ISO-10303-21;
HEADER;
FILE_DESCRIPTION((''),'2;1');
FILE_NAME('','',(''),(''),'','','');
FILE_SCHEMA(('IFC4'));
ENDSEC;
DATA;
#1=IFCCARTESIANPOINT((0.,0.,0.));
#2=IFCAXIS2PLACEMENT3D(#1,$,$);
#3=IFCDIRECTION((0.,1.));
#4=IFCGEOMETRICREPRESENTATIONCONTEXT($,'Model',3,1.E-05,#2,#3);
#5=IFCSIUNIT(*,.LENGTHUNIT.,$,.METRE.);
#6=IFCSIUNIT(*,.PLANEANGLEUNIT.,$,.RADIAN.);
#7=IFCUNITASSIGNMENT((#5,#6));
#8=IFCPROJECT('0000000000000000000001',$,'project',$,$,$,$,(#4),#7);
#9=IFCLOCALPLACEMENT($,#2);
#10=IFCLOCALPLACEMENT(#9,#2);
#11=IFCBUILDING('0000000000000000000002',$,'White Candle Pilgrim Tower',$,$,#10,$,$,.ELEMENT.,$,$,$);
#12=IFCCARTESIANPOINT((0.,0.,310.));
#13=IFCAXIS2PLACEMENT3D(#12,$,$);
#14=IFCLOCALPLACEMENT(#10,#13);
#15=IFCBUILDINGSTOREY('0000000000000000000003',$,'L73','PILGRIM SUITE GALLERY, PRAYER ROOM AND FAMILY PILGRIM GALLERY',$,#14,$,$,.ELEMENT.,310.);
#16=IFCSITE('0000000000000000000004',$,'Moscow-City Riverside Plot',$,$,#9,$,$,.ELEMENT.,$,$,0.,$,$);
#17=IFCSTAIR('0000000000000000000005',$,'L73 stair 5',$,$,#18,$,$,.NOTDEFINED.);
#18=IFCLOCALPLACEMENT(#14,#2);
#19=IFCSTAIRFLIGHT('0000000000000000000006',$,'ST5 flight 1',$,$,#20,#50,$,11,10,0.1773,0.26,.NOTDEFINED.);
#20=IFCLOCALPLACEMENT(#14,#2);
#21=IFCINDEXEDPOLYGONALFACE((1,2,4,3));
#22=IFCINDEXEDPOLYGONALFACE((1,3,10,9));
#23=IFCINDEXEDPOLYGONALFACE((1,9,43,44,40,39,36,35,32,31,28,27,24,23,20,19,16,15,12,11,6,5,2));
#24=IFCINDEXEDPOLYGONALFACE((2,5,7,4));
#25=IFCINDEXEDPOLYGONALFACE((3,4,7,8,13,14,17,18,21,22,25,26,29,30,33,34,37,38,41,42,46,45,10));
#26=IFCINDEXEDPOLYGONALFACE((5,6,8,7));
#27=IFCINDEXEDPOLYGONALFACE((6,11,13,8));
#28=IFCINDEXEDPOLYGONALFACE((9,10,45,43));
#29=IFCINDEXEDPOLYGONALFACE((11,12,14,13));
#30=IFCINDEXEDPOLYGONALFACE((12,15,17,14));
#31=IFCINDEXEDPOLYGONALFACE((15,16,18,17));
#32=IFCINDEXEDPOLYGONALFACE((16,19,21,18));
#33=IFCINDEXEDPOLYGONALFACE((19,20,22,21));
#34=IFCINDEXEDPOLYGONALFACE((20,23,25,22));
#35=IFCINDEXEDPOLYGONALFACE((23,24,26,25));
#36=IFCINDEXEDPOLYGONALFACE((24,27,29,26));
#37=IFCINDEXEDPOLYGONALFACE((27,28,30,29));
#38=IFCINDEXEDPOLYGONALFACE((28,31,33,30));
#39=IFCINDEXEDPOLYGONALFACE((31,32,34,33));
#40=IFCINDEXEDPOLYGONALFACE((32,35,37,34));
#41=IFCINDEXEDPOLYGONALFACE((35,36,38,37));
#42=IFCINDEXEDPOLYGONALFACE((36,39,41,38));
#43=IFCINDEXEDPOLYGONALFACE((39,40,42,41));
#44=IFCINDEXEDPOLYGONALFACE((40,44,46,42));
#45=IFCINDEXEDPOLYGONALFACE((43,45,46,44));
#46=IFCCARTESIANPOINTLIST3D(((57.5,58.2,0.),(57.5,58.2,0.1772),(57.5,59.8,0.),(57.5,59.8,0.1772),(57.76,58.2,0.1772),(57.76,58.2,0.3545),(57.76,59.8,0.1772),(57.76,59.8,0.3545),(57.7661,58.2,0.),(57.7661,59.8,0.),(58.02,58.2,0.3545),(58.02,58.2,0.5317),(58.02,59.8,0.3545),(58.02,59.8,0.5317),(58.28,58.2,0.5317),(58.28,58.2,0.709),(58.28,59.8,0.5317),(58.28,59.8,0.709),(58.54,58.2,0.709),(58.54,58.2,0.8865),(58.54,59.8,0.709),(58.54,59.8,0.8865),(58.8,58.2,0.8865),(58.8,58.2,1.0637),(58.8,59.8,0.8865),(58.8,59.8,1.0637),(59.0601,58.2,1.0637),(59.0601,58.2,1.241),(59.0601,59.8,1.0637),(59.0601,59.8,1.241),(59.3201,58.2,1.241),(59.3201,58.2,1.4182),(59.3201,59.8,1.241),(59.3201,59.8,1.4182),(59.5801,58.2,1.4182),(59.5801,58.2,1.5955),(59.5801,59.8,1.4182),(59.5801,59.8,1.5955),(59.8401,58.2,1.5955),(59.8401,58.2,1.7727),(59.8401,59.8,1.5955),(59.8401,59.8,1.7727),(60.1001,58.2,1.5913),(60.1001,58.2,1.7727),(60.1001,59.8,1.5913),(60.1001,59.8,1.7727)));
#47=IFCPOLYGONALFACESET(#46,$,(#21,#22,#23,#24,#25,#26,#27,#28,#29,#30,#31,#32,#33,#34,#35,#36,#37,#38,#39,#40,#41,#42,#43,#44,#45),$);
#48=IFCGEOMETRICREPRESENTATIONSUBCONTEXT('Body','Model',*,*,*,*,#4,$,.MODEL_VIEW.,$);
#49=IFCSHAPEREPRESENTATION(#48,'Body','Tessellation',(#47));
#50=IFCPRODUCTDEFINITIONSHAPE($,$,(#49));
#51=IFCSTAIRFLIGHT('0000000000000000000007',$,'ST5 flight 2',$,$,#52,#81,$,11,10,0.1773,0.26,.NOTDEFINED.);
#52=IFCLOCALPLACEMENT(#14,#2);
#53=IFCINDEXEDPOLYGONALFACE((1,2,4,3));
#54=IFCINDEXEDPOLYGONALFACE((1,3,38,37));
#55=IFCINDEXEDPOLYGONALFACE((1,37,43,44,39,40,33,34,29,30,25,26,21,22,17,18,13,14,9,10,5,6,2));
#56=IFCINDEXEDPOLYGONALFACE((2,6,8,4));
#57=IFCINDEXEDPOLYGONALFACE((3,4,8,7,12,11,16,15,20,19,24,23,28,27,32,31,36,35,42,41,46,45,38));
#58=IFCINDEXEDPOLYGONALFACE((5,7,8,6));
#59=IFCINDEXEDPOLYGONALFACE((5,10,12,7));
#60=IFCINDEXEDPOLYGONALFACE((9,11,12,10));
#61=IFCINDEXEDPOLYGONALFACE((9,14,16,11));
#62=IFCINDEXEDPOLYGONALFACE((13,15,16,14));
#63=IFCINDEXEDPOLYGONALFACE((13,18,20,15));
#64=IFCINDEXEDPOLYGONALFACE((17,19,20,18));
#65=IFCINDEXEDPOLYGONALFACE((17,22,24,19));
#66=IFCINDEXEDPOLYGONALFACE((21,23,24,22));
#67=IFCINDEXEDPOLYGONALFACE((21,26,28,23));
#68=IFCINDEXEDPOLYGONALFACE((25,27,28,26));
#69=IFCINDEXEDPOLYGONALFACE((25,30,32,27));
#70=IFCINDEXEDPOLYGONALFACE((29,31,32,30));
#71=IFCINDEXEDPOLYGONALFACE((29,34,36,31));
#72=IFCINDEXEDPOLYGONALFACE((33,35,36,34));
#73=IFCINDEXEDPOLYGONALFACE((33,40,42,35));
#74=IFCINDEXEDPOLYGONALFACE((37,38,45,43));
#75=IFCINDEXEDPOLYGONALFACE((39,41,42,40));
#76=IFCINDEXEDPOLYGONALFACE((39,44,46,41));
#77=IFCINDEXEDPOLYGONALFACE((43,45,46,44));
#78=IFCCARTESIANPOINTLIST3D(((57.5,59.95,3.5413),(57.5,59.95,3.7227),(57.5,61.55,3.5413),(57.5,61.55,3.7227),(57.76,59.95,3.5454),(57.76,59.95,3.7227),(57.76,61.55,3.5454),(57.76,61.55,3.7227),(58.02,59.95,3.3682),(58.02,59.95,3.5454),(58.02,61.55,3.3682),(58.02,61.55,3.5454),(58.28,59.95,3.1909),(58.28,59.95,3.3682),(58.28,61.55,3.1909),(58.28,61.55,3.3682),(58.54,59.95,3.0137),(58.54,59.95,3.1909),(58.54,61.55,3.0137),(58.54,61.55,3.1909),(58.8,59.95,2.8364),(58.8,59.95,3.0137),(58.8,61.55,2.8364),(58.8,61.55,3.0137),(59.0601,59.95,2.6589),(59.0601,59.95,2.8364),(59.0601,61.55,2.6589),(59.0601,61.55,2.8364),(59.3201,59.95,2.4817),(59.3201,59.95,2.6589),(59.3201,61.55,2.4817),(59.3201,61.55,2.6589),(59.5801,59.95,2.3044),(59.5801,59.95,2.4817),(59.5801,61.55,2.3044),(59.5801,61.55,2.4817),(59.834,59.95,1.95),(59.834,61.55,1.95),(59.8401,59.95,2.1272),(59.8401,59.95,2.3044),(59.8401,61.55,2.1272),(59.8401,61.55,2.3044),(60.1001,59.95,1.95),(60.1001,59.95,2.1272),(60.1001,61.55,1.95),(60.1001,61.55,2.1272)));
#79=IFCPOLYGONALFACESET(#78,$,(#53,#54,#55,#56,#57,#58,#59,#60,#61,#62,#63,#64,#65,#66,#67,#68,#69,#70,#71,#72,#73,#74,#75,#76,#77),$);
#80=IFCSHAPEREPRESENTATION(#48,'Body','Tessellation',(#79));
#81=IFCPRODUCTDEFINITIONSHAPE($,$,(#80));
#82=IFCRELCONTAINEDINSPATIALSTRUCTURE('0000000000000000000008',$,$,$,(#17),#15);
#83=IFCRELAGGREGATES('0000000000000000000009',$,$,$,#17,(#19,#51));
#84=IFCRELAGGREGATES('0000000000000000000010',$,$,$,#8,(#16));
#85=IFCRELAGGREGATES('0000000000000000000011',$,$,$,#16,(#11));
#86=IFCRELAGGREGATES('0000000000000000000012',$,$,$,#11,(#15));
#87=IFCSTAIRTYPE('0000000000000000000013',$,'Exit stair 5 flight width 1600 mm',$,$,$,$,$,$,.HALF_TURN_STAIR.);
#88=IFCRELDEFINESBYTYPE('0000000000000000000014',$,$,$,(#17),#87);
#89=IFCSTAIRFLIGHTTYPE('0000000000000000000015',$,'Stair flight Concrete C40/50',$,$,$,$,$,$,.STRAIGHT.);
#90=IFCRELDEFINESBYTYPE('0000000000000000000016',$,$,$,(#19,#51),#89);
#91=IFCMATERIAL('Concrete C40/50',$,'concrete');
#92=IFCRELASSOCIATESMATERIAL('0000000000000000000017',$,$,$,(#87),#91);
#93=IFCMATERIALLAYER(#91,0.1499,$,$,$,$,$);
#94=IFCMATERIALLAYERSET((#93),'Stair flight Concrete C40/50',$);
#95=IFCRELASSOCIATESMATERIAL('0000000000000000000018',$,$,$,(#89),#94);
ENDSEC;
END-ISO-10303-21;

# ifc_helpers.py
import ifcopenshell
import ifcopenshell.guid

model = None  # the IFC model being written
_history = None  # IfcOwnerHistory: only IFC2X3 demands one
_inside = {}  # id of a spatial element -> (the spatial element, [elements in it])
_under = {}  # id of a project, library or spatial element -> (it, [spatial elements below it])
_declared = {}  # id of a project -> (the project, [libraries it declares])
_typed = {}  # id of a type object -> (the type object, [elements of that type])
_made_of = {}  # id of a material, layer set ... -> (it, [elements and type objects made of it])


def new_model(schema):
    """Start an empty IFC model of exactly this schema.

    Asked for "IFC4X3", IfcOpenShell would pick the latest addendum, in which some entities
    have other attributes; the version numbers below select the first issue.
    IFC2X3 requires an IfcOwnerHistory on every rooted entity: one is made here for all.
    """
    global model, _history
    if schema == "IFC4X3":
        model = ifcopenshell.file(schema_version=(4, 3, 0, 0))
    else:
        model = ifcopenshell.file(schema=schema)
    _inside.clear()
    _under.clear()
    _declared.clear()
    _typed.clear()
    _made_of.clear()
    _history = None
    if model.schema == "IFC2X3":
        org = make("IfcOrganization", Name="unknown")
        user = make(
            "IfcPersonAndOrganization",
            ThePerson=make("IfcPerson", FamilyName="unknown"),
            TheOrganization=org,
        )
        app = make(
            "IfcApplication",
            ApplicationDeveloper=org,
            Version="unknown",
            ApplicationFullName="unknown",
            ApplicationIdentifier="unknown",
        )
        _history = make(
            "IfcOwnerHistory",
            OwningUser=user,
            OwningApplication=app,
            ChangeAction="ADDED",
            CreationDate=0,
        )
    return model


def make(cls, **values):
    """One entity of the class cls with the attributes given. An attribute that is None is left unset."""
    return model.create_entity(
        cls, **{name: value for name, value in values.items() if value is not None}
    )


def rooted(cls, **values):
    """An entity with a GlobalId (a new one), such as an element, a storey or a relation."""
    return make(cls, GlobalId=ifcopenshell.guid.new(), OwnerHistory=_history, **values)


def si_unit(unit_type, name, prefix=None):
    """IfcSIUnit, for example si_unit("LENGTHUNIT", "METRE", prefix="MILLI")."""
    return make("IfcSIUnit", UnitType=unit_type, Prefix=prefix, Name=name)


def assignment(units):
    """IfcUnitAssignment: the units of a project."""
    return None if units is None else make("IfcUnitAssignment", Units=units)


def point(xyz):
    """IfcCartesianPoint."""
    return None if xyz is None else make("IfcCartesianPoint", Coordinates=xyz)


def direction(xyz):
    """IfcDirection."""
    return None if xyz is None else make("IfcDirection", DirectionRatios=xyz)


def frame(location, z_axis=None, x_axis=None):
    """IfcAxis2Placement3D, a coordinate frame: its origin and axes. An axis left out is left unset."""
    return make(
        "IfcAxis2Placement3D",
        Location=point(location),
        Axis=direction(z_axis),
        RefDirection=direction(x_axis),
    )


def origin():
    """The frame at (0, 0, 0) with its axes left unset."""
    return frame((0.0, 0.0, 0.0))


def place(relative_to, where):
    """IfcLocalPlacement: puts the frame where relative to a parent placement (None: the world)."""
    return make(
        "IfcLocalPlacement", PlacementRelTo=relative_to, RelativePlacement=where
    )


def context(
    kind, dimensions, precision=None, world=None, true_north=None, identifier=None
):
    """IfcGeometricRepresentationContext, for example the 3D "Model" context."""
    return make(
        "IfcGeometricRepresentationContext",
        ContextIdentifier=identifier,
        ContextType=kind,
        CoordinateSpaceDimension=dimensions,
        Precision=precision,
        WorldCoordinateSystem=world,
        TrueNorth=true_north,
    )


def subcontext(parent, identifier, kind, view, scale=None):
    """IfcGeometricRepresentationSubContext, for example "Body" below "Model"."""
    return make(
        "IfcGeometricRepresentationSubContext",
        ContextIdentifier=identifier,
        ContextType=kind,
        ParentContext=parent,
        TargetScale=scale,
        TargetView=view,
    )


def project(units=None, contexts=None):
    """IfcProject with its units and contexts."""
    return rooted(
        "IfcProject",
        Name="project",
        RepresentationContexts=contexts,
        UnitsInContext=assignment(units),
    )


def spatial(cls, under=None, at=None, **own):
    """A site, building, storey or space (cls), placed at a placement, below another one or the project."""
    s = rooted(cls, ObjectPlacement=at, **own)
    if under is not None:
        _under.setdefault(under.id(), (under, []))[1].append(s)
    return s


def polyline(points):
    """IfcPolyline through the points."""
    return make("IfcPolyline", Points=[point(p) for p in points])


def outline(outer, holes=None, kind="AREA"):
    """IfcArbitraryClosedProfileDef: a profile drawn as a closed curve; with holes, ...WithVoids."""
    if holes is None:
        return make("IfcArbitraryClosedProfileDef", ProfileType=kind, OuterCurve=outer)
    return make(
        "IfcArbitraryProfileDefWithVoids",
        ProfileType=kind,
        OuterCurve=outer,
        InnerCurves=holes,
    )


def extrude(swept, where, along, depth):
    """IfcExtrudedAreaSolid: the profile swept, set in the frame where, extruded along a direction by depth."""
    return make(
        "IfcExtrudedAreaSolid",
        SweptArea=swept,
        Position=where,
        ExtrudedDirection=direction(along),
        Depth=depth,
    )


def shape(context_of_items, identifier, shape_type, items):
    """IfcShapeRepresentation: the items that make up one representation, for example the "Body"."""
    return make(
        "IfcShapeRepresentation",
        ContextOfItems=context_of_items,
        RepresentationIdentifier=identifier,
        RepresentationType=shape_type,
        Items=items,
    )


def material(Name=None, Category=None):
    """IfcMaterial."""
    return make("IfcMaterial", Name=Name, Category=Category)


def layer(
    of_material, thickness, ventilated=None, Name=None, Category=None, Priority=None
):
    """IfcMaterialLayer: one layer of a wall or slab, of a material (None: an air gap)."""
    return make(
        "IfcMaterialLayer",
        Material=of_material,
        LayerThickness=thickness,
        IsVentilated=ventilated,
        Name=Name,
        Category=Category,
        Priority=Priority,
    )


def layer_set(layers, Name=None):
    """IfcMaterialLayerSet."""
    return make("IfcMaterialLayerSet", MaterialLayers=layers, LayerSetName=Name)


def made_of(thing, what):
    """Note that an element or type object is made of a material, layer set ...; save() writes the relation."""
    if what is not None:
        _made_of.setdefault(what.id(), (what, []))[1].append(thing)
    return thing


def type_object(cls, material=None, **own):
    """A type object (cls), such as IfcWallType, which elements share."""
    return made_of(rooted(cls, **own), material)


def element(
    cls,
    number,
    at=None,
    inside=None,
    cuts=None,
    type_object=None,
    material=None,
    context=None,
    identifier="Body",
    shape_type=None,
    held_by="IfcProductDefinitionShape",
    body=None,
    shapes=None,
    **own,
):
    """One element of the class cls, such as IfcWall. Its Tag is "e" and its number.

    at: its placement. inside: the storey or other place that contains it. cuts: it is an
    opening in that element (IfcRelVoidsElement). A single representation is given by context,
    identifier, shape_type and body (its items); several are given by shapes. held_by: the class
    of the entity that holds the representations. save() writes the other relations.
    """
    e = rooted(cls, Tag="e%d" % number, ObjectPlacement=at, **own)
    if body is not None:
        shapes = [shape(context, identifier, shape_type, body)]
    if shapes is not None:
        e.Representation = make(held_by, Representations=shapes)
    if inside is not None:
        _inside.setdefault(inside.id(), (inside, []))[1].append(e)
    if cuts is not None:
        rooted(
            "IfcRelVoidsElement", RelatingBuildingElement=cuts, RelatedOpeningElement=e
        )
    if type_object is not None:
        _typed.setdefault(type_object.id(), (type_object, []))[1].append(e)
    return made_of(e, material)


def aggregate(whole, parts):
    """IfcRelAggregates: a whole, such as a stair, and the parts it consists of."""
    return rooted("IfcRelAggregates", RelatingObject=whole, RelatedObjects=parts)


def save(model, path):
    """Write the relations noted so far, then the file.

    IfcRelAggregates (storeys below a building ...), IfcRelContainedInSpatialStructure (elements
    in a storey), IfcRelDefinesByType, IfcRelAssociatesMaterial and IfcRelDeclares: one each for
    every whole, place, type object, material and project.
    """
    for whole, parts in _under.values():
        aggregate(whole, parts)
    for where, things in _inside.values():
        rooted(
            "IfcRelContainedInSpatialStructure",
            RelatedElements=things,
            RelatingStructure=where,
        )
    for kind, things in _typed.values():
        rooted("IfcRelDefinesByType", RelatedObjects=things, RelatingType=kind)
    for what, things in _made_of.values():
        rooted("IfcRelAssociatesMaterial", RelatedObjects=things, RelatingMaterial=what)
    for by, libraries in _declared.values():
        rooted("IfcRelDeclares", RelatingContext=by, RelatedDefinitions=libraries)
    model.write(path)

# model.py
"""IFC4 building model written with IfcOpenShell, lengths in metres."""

from ifc_helpers import new_model, si_unit, direction, frame, origin, place, context, subcontext, project, spatial, polyline, outline, extrude, material, layer, layer_set, type_object, element, aggregate, save


model = new_model("IFC4")

# Units and contexts
model_context = context("Model", 3, precision=1e-05, world=origin(), true_north=direction((0.0, 1.0)))
body_context = subcontext(model_context, "Body", "Model", "MODEL_VIEW")
ifc_project = project(units=[si_unit("LENGTHUNIT", "METRE"), si_unit("PLANEANGLEUNIT", "RADIAN")], contexts=[model_context])

# Site, building, storey
site_placement = place(None, origin())
site = spatial("IfcSite", under=ifc_project, at=site_placement, Name="Moscow-City Riverside Plot", CompositionType="ELEMENT", RefElevation=0.0)
building_placement = place(site_placement, origin())
building = spatial("IfcBuilding", under=site, at=building_placement, Name="White Candle Pilgrim Tower", CompositionType="ELEMENT")
storey_placement = place(building_placement, frame((0.0, 0.0, 310.0)))
storey = spatial("IfcBuildingStorey", under=building, at=storey_placement, Name="L73", Description="PILGRIM SUITE GALLERY, PRAYER ROOM AND FAMILY PILGRIM GALLERY", CompositionType="ELEMENT", Elevation=310.0)

# Shared definitions
ifc_material_1 = material(Name="Concrete C40/50", Category="concrete")

# Stair, stair flights
stair_type = type_object("IfcStairType", Name="Exit stair 5 flight width 1600 mm", PredefinedType="HALF_TURN_STAIR", material=ifc_material_1)
stair_placement = place(storey_placement, origin())
stair = element("IfcStair", 1, at=stair_placement, inside=storey, type_object=stair_type, Name="L73 stair 5", PredefinedType="NOTDEFINED")
ifc_layer_1 = layer(ifc_material_1, 0.1499)
ifc_layer_set_1 = layer_set([ifc_layer_1], Name="Stair flight Concrete C40/50")
stair_flight_type = type_object("IfcStairFlightType", Name="Stair flight Concrete C40/50", PredefinedType="STRAIGHT", material=ifc_layer_set_1)
stair_flight_1_placement = place(storey_placement, frame((57.5, 59.0, 0.0), z_axis=(0.0, 0.0, 1.0), x_axis=(1.0, 0.0, 0.0)))
stair_flight_1 = element("IfcStairFlight", 2, at=stair_flight_1_placement, type_object=stair_flight_type, Name="ST5 flight 1", NumberOfRisers=11, NumberOfTreads=10, PredefinedType="NOTDEFINED", RiserHeight=0.1773, TreadLength=0.26, context=body_context, shape_type="SweptSolid", body=[
    extrude(outline(polyline([(0.0, 0.0), (0.0, 0.1772), (0.26, 0.1772), (0.26, 0.3545), (0.52, 0.3545), (0.52, 0.5317), (0.78, 0.5317), (0.78, 0.709), (1.04, 0.709), (1.04, 0.8865), (1.3, 0.8865), (1.3, 1.0637), (1.5601, 1.0637), (1.5601, 1.241), (1.8201, 1.241), (1.8201, 1.4182), (2.0801, 1.4182), (2.0801, 1.5955), (2.3401, 1.5955), (2.3401, 1.7727), (2.6001, 1.7727), (2.6001, 1.95), (2.6001, 1.5913), (0.2661, 0.0), (0.0, 0.0)])), frame((0.0, 0.8, 0.0), z_axis=(0.0, -1.0, 0.0), x_axis=(1.0, 0.0, 0.0)), (0.0, 0.0, 1.0), 1.6001),
])
stair_flight_2_placement = place(storey_placement, frame((60.1001, 60.75, 1.95), z_axis=(0.0, 0.0, 1.0), x_axis=(-1.0, 0.0, 0.0)))
stair_flight_2 = element("IfcStairFlight", 3, at=stair_flight_2_placement, type_object=stair_flight_type, Name="ST5 flight 2", NumberOfRisers=11, NumberOfTreads=10, PredefinedType="NOTDEFINED", RiserHeight=0.1773, TreadLength=0.26, context=body_context, shape_type="SweptSolid", body=[
    extrude(outline(polyline([(0.0, 0.0), (0.0, 0.1772), (0.26, 0.1772), (0.26, 0.3545), (0.52, 0.3545), (0.52, 0.5317), (0.78, 0.5317), (0.78, 0.709), (1.04, 0.709), (1.04, 0.8865), (1.3, 0.8865), (1.3, 1.0637), (1.5601, 1.0637), (1.5601, 1.241), (1.8201, 1.241), (1.8201, 1.4182), (2.0801, 1.4182), (2.0801, 1.5955), (2.3401, 1.5955), (2.3401, 1.7727), (2.6001, 1.7727), (2.6001, 1.95), (2.6001, 1.5913), (0.2661, 0.0), (0.0, 0.0)])), frame((0.0, 0.8, 0.0), z_axis=(0.0, -1.0, 0.0), x_axis=(1.0, 0.0, 0.0)), (0.0, 0.0, 1.0), 1.6001),
])
aggregate(stair, [stair_flight_1, stair_flight_2])

save(model, "model.ifc")
